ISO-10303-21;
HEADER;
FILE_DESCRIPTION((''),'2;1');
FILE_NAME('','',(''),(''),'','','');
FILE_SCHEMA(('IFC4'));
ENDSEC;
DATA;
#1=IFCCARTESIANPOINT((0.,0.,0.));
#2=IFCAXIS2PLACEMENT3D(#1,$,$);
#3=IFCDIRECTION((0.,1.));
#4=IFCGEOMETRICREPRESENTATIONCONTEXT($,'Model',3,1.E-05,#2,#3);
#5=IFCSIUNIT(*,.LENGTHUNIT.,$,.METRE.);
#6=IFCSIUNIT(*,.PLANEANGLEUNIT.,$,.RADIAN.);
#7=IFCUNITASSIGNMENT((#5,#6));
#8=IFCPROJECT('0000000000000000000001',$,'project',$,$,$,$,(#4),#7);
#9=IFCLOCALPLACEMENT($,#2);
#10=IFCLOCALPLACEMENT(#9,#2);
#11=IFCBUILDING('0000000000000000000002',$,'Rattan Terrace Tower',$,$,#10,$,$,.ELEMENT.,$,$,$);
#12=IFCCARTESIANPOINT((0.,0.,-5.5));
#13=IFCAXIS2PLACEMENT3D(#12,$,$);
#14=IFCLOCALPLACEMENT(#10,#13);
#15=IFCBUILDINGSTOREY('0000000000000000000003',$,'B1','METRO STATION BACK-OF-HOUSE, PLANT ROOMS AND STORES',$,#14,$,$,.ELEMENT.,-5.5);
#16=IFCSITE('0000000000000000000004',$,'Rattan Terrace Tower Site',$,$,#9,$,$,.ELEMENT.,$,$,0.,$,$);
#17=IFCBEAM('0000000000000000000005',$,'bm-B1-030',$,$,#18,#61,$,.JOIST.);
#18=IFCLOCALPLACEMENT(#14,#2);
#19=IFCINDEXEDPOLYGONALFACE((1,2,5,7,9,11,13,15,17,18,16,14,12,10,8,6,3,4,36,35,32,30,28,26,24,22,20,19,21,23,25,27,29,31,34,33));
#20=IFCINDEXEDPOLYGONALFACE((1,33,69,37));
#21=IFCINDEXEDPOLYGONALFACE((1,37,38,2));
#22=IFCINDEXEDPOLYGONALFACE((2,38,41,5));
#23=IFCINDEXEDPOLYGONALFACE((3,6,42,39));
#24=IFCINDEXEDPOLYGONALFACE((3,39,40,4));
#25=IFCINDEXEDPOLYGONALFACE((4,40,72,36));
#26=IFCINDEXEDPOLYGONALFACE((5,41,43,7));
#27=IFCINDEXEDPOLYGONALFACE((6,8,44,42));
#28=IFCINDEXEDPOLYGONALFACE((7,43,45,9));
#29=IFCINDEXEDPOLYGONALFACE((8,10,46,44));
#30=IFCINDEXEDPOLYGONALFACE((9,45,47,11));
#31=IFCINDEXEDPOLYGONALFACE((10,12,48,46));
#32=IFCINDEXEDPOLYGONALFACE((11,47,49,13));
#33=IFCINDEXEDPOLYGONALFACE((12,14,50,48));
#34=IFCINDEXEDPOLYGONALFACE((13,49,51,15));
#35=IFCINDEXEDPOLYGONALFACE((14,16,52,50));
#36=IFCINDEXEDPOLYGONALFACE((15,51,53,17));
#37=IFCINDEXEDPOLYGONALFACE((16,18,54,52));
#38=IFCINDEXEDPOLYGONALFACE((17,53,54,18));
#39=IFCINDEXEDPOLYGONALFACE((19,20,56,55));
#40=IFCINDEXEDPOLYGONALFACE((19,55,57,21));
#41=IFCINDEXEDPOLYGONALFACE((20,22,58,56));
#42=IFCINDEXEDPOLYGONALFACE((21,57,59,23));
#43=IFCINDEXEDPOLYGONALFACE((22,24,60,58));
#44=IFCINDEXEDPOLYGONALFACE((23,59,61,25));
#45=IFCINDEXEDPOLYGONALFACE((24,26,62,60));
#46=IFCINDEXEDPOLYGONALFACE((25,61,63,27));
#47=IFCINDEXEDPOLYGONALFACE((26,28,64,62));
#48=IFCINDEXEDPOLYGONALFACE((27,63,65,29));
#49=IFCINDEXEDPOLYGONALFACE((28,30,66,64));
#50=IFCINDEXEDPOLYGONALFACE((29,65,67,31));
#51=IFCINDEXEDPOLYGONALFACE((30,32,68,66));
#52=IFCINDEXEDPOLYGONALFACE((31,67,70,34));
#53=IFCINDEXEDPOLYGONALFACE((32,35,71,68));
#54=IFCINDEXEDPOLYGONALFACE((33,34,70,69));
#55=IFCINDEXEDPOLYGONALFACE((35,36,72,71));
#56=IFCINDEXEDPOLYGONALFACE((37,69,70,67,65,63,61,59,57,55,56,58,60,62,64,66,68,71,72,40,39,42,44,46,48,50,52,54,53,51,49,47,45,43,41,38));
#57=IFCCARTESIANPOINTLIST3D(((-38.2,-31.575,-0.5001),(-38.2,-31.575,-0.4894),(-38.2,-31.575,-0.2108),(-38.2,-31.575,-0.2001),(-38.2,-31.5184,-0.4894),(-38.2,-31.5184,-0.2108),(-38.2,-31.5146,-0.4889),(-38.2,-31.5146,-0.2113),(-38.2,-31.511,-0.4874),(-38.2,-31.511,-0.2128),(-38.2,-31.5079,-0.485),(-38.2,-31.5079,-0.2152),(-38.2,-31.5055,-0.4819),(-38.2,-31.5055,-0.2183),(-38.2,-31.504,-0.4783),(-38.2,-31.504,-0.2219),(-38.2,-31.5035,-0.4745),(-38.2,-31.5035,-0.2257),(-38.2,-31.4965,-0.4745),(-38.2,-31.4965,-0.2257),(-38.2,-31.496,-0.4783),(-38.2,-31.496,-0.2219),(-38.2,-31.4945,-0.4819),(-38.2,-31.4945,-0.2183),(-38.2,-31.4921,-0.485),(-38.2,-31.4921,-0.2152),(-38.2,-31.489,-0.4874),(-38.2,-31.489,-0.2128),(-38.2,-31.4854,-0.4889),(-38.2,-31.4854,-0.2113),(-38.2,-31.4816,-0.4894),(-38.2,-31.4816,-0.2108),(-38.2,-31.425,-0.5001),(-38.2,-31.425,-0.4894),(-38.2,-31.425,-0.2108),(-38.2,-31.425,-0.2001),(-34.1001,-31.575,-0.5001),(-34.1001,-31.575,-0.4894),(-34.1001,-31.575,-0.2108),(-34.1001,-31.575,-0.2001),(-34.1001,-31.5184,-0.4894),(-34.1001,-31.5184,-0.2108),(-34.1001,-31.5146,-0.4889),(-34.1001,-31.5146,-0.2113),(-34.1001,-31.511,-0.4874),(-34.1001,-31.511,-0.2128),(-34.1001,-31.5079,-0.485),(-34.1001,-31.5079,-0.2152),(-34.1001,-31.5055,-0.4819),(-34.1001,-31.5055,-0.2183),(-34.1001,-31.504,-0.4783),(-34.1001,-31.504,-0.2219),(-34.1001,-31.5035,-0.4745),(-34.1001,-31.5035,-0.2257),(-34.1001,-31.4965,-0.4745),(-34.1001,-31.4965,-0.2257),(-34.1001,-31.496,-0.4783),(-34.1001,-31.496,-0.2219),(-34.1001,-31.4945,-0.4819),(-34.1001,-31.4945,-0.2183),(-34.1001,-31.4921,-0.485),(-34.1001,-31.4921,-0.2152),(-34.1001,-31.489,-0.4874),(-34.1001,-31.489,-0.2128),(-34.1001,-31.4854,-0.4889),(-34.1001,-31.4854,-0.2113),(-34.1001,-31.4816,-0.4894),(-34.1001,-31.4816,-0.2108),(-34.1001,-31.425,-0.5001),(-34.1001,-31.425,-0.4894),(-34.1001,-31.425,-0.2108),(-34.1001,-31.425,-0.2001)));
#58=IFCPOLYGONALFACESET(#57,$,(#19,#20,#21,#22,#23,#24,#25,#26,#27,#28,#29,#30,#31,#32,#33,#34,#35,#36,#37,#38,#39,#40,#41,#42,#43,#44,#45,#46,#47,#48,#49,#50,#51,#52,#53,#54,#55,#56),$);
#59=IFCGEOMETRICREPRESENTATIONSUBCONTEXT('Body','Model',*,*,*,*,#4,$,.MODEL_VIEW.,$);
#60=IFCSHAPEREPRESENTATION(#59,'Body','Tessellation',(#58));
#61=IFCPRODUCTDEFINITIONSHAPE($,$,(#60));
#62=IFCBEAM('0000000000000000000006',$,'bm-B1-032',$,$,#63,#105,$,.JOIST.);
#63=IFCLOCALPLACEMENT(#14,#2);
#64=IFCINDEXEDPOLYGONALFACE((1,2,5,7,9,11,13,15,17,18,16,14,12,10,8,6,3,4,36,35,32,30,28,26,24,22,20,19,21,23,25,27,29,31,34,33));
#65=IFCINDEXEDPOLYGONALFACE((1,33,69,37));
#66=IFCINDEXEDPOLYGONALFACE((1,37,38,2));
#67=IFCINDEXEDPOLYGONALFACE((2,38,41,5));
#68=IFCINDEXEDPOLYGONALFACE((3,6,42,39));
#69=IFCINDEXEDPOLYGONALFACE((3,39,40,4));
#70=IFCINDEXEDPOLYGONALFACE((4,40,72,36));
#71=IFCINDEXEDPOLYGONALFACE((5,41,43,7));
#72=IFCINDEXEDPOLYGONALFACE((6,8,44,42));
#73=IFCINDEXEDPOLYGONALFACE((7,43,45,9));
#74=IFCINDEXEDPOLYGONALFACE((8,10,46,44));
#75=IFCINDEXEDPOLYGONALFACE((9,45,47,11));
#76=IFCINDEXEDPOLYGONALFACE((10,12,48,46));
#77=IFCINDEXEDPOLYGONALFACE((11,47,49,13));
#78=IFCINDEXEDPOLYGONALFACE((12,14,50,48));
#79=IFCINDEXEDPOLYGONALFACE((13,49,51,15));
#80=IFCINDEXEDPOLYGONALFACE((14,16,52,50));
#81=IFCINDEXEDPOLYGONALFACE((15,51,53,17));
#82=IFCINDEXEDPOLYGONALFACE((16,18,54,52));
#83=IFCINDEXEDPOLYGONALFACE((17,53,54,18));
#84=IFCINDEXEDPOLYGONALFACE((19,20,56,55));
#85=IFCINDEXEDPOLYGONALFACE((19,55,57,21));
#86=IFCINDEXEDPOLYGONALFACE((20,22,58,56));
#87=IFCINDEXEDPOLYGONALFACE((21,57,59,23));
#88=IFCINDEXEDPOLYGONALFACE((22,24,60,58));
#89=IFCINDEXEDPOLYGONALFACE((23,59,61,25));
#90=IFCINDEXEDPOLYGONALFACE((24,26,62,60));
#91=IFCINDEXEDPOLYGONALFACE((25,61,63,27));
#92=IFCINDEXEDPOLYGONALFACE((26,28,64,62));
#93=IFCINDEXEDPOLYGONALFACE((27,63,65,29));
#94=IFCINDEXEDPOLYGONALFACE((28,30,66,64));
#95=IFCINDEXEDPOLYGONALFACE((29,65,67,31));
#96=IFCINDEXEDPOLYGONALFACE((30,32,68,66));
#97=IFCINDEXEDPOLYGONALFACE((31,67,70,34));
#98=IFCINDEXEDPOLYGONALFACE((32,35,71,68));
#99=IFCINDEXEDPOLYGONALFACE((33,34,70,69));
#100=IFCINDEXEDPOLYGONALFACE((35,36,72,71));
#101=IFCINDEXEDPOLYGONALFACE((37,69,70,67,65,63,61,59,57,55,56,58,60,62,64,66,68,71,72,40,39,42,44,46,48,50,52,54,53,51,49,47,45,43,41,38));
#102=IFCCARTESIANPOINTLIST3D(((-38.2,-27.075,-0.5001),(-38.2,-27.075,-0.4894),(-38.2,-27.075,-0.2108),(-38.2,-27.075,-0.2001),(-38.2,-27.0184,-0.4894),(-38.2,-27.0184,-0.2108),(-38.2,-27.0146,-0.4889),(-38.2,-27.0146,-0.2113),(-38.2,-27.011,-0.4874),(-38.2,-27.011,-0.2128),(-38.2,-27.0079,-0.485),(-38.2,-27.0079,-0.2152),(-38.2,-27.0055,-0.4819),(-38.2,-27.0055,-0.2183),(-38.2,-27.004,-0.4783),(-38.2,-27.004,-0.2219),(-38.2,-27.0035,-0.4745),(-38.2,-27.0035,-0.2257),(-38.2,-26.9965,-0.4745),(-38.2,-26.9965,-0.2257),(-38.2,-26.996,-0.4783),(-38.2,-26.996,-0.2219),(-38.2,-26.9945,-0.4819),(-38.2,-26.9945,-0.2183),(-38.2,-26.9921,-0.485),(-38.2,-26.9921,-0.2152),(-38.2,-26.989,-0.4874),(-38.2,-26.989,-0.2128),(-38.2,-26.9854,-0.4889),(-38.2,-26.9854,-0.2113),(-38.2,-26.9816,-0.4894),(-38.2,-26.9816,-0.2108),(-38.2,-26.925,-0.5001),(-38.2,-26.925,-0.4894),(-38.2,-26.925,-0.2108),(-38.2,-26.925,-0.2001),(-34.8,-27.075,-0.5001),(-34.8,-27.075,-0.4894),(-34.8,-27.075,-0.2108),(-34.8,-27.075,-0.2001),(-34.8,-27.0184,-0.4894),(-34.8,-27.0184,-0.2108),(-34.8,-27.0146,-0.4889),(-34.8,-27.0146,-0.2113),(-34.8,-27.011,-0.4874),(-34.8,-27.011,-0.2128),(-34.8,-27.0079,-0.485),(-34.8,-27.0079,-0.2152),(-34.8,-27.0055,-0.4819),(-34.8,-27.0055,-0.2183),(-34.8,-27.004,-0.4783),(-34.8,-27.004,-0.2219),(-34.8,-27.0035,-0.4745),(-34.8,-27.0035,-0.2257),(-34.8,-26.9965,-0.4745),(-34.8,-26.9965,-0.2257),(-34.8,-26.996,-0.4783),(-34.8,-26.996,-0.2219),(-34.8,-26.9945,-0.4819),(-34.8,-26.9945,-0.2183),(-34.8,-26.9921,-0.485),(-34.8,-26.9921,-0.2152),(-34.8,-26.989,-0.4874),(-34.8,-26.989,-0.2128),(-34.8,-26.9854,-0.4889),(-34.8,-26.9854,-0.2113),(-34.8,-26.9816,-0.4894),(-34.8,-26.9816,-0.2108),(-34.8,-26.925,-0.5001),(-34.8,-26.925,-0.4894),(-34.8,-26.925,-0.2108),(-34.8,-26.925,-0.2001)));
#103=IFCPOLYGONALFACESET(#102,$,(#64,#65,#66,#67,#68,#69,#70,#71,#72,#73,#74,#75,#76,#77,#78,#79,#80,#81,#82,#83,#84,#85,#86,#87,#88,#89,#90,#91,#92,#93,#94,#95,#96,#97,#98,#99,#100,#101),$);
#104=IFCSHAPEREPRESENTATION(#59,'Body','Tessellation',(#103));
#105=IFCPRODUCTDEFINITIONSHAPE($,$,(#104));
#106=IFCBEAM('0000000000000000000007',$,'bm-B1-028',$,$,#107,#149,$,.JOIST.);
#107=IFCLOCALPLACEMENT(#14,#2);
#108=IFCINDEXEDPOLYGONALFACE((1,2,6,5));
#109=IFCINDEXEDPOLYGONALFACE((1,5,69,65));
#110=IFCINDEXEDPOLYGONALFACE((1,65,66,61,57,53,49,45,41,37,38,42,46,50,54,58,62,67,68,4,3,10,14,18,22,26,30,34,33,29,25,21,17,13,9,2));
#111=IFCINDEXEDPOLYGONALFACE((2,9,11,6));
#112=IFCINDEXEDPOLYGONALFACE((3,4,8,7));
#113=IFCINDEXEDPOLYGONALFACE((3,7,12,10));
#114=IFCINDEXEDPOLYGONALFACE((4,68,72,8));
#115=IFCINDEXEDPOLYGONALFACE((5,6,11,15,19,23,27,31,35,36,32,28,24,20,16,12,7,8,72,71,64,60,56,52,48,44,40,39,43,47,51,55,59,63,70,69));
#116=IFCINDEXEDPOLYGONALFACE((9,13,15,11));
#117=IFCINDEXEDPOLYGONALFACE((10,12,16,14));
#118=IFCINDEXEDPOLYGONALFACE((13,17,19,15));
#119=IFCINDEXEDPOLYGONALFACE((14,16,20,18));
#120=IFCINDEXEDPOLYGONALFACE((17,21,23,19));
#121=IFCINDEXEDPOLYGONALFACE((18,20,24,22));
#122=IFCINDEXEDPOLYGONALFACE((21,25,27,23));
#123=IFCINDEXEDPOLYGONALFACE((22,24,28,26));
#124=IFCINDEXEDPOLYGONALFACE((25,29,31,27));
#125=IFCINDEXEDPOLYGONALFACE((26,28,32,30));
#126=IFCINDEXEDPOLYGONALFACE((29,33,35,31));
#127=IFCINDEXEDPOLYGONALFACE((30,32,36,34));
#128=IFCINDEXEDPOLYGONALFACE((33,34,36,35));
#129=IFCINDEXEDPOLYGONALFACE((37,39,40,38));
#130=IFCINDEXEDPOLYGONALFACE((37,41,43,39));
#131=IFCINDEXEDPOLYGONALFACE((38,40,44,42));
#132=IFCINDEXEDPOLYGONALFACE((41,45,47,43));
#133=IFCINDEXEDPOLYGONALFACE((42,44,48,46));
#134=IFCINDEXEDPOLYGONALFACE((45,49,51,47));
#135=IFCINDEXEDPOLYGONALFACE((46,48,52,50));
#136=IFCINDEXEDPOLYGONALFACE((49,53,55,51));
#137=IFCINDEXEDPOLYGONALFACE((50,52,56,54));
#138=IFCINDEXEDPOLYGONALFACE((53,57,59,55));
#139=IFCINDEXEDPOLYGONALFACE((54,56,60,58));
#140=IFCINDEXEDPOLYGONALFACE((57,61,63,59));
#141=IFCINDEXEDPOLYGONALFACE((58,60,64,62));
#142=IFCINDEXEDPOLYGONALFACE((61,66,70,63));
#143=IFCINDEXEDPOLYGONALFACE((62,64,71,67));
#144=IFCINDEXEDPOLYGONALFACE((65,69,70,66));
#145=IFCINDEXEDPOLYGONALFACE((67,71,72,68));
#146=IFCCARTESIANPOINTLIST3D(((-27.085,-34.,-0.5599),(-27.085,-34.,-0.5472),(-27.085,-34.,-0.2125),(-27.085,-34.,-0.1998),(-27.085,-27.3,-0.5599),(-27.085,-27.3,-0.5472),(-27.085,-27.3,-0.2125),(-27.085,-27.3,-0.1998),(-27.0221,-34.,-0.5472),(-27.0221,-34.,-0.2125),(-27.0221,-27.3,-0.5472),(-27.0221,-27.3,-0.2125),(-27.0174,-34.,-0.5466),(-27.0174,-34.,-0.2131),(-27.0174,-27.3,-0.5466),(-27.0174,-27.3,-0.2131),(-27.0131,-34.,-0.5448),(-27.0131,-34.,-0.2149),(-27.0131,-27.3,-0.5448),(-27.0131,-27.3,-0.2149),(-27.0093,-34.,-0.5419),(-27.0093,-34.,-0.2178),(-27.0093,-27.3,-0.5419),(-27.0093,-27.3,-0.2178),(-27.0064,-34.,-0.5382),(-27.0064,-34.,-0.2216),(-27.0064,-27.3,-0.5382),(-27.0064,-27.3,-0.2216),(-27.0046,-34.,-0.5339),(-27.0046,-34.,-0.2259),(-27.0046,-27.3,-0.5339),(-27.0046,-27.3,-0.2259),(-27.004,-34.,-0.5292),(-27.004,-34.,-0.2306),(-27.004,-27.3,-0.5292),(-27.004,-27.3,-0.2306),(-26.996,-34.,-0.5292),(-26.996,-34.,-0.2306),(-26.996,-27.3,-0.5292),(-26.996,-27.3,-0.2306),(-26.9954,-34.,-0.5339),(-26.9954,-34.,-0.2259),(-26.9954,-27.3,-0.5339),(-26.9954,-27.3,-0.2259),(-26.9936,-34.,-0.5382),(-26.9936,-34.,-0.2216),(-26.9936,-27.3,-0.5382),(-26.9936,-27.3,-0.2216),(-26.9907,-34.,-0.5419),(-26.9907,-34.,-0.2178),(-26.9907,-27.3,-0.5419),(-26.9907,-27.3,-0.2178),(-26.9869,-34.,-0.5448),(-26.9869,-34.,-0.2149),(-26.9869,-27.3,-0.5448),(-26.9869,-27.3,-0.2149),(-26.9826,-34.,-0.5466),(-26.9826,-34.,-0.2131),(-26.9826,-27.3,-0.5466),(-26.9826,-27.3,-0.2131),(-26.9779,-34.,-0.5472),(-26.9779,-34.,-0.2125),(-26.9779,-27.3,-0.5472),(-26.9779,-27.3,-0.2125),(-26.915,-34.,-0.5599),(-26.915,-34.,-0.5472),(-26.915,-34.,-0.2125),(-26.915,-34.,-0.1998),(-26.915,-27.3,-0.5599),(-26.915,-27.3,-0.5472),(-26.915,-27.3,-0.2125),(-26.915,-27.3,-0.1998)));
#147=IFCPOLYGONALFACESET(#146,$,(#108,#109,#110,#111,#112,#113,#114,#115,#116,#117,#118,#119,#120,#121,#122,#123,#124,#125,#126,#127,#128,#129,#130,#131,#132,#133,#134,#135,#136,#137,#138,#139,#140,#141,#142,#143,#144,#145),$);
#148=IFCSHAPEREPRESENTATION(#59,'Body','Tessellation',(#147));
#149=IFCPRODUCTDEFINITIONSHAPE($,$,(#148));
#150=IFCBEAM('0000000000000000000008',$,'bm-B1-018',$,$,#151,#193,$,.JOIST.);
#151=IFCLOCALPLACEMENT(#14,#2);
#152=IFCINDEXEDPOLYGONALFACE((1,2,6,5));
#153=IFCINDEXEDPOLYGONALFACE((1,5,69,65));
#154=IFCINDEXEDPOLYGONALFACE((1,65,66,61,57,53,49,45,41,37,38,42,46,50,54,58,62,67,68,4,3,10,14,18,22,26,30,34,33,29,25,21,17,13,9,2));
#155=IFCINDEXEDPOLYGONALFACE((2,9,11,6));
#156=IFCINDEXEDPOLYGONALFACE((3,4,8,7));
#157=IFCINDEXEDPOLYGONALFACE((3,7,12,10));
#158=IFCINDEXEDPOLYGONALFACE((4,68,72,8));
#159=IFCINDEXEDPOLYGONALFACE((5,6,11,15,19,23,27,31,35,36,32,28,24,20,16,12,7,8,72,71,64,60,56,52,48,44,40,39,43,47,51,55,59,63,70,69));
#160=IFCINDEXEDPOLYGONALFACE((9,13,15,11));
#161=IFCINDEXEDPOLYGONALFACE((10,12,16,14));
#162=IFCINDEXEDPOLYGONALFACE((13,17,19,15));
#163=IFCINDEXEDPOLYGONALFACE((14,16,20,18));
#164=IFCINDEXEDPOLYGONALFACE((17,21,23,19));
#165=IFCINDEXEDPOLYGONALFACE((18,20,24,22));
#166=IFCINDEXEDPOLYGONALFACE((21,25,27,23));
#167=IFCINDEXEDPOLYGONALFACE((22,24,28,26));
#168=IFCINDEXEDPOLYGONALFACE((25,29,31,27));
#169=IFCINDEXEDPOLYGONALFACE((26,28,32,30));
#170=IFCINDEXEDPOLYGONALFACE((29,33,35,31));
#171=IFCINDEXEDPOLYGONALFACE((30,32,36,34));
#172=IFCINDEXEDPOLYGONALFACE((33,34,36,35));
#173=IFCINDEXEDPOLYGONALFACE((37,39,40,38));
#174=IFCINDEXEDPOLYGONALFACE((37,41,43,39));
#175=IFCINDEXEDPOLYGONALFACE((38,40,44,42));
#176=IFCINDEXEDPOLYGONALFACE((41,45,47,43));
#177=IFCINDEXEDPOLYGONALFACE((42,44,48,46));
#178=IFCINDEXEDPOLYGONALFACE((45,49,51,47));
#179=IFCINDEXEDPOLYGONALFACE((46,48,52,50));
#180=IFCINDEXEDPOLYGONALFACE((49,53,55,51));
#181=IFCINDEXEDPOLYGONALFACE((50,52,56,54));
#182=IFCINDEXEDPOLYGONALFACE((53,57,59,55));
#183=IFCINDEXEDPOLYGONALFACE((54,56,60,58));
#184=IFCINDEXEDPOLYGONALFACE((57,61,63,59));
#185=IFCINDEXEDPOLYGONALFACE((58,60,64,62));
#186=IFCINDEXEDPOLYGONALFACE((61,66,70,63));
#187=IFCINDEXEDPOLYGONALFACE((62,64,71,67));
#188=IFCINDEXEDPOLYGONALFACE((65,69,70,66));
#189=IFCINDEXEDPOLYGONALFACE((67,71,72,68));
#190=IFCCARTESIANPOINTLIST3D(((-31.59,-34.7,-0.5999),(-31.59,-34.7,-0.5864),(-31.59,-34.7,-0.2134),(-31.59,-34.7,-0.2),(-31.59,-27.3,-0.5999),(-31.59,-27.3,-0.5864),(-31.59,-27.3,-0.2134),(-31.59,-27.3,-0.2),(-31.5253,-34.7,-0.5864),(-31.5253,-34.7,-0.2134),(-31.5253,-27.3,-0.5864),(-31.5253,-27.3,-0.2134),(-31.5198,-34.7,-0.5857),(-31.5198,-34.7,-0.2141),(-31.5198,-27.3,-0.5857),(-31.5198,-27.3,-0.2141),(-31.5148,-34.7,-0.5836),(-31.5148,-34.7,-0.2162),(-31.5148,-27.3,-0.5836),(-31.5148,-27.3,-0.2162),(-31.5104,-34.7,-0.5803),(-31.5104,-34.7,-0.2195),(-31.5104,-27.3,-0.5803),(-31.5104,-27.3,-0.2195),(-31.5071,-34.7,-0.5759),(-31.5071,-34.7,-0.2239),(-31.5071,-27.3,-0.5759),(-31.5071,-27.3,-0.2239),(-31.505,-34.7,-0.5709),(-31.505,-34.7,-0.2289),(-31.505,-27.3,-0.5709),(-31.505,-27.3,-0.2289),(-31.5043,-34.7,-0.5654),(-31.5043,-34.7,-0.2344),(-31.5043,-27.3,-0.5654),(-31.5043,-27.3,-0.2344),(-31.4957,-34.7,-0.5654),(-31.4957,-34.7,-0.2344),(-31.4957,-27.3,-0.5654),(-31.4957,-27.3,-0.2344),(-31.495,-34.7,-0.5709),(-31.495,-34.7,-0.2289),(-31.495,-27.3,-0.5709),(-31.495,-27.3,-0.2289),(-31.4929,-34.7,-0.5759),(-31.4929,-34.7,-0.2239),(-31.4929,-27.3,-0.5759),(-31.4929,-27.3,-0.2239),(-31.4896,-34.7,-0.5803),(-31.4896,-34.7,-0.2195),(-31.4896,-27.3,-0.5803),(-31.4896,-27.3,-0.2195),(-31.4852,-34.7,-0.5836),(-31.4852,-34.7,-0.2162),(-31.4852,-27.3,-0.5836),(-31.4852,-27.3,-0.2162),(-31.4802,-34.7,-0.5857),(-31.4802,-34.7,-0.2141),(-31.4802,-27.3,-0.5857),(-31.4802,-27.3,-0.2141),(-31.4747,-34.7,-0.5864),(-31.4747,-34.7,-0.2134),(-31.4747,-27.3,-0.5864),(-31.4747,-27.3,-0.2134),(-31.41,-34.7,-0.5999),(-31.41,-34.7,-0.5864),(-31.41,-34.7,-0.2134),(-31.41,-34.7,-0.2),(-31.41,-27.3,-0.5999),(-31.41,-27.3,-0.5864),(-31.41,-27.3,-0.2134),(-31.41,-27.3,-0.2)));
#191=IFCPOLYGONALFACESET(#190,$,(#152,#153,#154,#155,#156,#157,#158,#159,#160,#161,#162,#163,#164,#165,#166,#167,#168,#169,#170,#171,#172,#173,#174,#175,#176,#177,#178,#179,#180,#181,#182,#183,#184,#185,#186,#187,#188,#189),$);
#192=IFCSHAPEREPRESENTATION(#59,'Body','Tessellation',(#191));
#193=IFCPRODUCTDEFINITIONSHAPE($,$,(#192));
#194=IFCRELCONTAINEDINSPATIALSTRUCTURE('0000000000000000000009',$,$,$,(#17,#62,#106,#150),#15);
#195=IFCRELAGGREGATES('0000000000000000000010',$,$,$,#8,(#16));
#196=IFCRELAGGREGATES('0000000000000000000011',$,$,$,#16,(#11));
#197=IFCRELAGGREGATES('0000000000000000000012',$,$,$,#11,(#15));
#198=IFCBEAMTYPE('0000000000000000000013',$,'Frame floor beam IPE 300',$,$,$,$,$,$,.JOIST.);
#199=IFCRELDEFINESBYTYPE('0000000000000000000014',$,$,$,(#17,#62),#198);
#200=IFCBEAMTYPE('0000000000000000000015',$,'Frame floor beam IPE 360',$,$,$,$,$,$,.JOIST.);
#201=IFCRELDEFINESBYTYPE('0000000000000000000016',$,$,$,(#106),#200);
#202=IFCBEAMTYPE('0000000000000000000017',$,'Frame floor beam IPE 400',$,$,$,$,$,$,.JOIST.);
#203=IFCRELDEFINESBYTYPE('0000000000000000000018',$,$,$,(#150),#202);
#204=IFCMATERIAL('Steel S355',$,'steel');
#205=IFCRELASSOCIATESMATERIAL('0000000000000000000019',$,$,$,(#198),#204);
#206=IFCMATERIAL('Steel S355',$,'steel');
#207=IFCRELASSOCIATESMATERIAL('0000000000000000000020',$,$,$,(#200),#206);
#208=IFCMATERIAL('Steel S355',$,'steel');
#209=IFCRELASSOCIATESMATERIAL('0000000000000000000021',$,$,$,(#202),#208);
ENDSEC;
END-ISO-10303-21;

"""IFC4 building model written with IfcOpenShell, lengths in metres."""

from ifc_helpers import new_model, si_unit, direction, frame, origin, origin_2d, place, context, subcontext, project, spatial, i_section, extrude, material, material_profile, profile_set, type_object, element, save


model = new_model("IFC4")

# Units and contexts
model_context = context("Model", 3, precision=1e-05, world=origin(), true_north=direction((0.0, 1.0)))
body_context = subcontext(model_context, "Body", "Model", "MODEL_VIEW")
ifc_project = project(units=[si_unit("LENGTHUNIT", "METRE"), si_unit("PLANEANGLEUNIT", "RADIAN")], contexts=[model_context])

# Site, building, storey
site_placement = place(None, origin())
site = spatial("IfcSite", under=ifc_project, at=site_placement, Name="Rattan Terrace Tower Site", CompositionType="ELEMENT", RefElevation=0.0)
building_placement = place(site_placement, origin())
building = spatial("IfcBuilding", under=site, at=building_placement, Name="Rattan Terrace Tower", CompositionType="ELEMENT")
storey_placement = place(building_placement, frame((0.0, 0.0, -5.5)))
storey = spatial("IfcBuildingStorey", under=building, at=storey_placement, Name="B1", Description="METRO STATION BACK-OF-HOUSE, PLANT ROOMS AND STORES", CompositionType="ELEMENT", Elevation=-5.5)

# Beams
ifc_material_1 = material(Name="Steel S355", Category="steel")
ifc_material_profile_1 = material_profile(ifc_material_1, i_section(OverallWidth=0.1499, OverallDepth=0.3, WebThickness=0.0071, FlangeThickness=0.0107, FilletRadius=0.0149, at=origin_2d()), Name="IPE 300")
ifc_profile_set_1 = profile_set([ifc_material_profile_1], Name="Steel S355")
beam_type_1 = type_object("IfcBeamType", Name="Frame floor beam IPE 300", PredefinedType="JOIST", material=ifc_profile_set_1)
beam_1_placement = place(storey_placement, frame((-38.2, -31.5, -0.3501), z_axis=(1.0, 0.0, 0.0), x_axis=(0.0, 1.0, 0.0)))
element("IfcBeam", 1, at=beam_1_placement, inside=storey, type_object=beam_type_1, Name="bm-B1-030", PredefinedType="JOIST", context=body_context, shape_type="SweptSolid", body=[
    extrude(i_section(OverallWidth=0.1499, OverallDepth=0.3, WebThickness=0.0071, FlangeThickness=0.0107, FilletRadius=0.0149, at=origin_2d()), origin(), (0.0, 0.0, 1.0), 4.0999),
])
beam_2_placement = place(storey_placement, frame((-38.2, -27.0, -0.3501), z_axis=(1.0, 0.0, 0.0), x_axis=(0.0, 1.0, 0.0)))
element("IfcBeam", 2, at=beam_2_placement, inside=storey, type_object=beam_type_1, Name="bm-B1-032", PredefinedType="JOIST", context=body_context, shape_type="SweptSolid", body=[
    extrude(i_section(OverallWidth=0.1499, OverallDepth=0.3, WebThickness=0.0071, FlangeThickness=0.0107, FilletRadius=0.0149, at=origin_2d()), origin(), (0.0, 0.0, 1.0), 3.3999),
])
ifc_material_2 = material(Name="Steel S355", Category="steel")
ifc_material_profile_2 = material_profile(ifc_material_2, i_section(OverallWidth=0.1699, OverallDepth=0.3601, WebThickness=0.0081, FlangeThickness=0.0127, FilletRadius=0.0181, at=origin_2d()), Name="IPE 360")
ifc_profile_set_2 = profile_set([ifc_material_profile_2], Name="Steel S355")
beam_type_2 = type_object("IfcBeamType", Name="Frame floor beam IPE 360", PredefinedType="JOIST", material=ifc_profile_set_2)
beam_3_placement = place(storey_placement, frame((-27.0, -34.0, -0.3799), z_axis=(0.0, 1.0, 0.0), x_axis=(-1.0, 0.0, 0.0)))
element("IfcBeam", 3, at=beam_3_placement, inside=storey, type_object=beam_type_2, Name="bm-B1-028", PredefinedType="JOIST", context=body_context, shape_type="SweptSolid", body=[
    extrude(i_section(OverallWidth=0.1699, OverallDepth=0.3601, WebThickness=0.0081, FlangeThickness=0.0127, FilletRadius=0.0181, at=origin_2d()), origin(), (0.0, 0.0, 1.0), 6.7),
])
ifc_material_3 = material(Name="Steel S355", Category="steel")
ifc_material_profile_3 = material_profile(ifc_material_3, i_section(OverallWidth=0.1799, OverallDepth=0.3999, WebThickness=0.0085, FlangeThickness=0.0134, FilletRadius=0.021, at=origin_2d()), Name="IPE 400")
ifc_profile_set_3 = profile_set([ifc_material_profile_3], Name="Steel S355")
beam_type_3 = type_object("IfcBeamType", Name="Frame floor beam IPE 400", PredefinedType="JOIST", material=ifc_profile_set_3)
for number, where, z_axis, x_axis, name in (
    (4, (-31.5, -34.7, -0.3999), (0.0, 1.0, 0.0), (-1.0, 0.0, 0.0), "bm-B1-018"),
):
    element("IfcBeam", number, at=place(storey_placement, frame(where, z_axis=z_axis, x_axis=x_axis)), inside=storey, type_object=beam_type_3, Name=name, PredefinedType="JOIST", context=body_context, shape_type="SweptSolid", body=[
        extrude(i_section(OverallWidth=0.1799, OverallDepth=0.3999, WebThickness=0.0085, FlangeThickness=0.0134, FilletRadius=0.021, at=origin_2d()), origin(), (0.0, 0.0, 1.0), 7.3999),
    ])

save(model, "model.ifc")
